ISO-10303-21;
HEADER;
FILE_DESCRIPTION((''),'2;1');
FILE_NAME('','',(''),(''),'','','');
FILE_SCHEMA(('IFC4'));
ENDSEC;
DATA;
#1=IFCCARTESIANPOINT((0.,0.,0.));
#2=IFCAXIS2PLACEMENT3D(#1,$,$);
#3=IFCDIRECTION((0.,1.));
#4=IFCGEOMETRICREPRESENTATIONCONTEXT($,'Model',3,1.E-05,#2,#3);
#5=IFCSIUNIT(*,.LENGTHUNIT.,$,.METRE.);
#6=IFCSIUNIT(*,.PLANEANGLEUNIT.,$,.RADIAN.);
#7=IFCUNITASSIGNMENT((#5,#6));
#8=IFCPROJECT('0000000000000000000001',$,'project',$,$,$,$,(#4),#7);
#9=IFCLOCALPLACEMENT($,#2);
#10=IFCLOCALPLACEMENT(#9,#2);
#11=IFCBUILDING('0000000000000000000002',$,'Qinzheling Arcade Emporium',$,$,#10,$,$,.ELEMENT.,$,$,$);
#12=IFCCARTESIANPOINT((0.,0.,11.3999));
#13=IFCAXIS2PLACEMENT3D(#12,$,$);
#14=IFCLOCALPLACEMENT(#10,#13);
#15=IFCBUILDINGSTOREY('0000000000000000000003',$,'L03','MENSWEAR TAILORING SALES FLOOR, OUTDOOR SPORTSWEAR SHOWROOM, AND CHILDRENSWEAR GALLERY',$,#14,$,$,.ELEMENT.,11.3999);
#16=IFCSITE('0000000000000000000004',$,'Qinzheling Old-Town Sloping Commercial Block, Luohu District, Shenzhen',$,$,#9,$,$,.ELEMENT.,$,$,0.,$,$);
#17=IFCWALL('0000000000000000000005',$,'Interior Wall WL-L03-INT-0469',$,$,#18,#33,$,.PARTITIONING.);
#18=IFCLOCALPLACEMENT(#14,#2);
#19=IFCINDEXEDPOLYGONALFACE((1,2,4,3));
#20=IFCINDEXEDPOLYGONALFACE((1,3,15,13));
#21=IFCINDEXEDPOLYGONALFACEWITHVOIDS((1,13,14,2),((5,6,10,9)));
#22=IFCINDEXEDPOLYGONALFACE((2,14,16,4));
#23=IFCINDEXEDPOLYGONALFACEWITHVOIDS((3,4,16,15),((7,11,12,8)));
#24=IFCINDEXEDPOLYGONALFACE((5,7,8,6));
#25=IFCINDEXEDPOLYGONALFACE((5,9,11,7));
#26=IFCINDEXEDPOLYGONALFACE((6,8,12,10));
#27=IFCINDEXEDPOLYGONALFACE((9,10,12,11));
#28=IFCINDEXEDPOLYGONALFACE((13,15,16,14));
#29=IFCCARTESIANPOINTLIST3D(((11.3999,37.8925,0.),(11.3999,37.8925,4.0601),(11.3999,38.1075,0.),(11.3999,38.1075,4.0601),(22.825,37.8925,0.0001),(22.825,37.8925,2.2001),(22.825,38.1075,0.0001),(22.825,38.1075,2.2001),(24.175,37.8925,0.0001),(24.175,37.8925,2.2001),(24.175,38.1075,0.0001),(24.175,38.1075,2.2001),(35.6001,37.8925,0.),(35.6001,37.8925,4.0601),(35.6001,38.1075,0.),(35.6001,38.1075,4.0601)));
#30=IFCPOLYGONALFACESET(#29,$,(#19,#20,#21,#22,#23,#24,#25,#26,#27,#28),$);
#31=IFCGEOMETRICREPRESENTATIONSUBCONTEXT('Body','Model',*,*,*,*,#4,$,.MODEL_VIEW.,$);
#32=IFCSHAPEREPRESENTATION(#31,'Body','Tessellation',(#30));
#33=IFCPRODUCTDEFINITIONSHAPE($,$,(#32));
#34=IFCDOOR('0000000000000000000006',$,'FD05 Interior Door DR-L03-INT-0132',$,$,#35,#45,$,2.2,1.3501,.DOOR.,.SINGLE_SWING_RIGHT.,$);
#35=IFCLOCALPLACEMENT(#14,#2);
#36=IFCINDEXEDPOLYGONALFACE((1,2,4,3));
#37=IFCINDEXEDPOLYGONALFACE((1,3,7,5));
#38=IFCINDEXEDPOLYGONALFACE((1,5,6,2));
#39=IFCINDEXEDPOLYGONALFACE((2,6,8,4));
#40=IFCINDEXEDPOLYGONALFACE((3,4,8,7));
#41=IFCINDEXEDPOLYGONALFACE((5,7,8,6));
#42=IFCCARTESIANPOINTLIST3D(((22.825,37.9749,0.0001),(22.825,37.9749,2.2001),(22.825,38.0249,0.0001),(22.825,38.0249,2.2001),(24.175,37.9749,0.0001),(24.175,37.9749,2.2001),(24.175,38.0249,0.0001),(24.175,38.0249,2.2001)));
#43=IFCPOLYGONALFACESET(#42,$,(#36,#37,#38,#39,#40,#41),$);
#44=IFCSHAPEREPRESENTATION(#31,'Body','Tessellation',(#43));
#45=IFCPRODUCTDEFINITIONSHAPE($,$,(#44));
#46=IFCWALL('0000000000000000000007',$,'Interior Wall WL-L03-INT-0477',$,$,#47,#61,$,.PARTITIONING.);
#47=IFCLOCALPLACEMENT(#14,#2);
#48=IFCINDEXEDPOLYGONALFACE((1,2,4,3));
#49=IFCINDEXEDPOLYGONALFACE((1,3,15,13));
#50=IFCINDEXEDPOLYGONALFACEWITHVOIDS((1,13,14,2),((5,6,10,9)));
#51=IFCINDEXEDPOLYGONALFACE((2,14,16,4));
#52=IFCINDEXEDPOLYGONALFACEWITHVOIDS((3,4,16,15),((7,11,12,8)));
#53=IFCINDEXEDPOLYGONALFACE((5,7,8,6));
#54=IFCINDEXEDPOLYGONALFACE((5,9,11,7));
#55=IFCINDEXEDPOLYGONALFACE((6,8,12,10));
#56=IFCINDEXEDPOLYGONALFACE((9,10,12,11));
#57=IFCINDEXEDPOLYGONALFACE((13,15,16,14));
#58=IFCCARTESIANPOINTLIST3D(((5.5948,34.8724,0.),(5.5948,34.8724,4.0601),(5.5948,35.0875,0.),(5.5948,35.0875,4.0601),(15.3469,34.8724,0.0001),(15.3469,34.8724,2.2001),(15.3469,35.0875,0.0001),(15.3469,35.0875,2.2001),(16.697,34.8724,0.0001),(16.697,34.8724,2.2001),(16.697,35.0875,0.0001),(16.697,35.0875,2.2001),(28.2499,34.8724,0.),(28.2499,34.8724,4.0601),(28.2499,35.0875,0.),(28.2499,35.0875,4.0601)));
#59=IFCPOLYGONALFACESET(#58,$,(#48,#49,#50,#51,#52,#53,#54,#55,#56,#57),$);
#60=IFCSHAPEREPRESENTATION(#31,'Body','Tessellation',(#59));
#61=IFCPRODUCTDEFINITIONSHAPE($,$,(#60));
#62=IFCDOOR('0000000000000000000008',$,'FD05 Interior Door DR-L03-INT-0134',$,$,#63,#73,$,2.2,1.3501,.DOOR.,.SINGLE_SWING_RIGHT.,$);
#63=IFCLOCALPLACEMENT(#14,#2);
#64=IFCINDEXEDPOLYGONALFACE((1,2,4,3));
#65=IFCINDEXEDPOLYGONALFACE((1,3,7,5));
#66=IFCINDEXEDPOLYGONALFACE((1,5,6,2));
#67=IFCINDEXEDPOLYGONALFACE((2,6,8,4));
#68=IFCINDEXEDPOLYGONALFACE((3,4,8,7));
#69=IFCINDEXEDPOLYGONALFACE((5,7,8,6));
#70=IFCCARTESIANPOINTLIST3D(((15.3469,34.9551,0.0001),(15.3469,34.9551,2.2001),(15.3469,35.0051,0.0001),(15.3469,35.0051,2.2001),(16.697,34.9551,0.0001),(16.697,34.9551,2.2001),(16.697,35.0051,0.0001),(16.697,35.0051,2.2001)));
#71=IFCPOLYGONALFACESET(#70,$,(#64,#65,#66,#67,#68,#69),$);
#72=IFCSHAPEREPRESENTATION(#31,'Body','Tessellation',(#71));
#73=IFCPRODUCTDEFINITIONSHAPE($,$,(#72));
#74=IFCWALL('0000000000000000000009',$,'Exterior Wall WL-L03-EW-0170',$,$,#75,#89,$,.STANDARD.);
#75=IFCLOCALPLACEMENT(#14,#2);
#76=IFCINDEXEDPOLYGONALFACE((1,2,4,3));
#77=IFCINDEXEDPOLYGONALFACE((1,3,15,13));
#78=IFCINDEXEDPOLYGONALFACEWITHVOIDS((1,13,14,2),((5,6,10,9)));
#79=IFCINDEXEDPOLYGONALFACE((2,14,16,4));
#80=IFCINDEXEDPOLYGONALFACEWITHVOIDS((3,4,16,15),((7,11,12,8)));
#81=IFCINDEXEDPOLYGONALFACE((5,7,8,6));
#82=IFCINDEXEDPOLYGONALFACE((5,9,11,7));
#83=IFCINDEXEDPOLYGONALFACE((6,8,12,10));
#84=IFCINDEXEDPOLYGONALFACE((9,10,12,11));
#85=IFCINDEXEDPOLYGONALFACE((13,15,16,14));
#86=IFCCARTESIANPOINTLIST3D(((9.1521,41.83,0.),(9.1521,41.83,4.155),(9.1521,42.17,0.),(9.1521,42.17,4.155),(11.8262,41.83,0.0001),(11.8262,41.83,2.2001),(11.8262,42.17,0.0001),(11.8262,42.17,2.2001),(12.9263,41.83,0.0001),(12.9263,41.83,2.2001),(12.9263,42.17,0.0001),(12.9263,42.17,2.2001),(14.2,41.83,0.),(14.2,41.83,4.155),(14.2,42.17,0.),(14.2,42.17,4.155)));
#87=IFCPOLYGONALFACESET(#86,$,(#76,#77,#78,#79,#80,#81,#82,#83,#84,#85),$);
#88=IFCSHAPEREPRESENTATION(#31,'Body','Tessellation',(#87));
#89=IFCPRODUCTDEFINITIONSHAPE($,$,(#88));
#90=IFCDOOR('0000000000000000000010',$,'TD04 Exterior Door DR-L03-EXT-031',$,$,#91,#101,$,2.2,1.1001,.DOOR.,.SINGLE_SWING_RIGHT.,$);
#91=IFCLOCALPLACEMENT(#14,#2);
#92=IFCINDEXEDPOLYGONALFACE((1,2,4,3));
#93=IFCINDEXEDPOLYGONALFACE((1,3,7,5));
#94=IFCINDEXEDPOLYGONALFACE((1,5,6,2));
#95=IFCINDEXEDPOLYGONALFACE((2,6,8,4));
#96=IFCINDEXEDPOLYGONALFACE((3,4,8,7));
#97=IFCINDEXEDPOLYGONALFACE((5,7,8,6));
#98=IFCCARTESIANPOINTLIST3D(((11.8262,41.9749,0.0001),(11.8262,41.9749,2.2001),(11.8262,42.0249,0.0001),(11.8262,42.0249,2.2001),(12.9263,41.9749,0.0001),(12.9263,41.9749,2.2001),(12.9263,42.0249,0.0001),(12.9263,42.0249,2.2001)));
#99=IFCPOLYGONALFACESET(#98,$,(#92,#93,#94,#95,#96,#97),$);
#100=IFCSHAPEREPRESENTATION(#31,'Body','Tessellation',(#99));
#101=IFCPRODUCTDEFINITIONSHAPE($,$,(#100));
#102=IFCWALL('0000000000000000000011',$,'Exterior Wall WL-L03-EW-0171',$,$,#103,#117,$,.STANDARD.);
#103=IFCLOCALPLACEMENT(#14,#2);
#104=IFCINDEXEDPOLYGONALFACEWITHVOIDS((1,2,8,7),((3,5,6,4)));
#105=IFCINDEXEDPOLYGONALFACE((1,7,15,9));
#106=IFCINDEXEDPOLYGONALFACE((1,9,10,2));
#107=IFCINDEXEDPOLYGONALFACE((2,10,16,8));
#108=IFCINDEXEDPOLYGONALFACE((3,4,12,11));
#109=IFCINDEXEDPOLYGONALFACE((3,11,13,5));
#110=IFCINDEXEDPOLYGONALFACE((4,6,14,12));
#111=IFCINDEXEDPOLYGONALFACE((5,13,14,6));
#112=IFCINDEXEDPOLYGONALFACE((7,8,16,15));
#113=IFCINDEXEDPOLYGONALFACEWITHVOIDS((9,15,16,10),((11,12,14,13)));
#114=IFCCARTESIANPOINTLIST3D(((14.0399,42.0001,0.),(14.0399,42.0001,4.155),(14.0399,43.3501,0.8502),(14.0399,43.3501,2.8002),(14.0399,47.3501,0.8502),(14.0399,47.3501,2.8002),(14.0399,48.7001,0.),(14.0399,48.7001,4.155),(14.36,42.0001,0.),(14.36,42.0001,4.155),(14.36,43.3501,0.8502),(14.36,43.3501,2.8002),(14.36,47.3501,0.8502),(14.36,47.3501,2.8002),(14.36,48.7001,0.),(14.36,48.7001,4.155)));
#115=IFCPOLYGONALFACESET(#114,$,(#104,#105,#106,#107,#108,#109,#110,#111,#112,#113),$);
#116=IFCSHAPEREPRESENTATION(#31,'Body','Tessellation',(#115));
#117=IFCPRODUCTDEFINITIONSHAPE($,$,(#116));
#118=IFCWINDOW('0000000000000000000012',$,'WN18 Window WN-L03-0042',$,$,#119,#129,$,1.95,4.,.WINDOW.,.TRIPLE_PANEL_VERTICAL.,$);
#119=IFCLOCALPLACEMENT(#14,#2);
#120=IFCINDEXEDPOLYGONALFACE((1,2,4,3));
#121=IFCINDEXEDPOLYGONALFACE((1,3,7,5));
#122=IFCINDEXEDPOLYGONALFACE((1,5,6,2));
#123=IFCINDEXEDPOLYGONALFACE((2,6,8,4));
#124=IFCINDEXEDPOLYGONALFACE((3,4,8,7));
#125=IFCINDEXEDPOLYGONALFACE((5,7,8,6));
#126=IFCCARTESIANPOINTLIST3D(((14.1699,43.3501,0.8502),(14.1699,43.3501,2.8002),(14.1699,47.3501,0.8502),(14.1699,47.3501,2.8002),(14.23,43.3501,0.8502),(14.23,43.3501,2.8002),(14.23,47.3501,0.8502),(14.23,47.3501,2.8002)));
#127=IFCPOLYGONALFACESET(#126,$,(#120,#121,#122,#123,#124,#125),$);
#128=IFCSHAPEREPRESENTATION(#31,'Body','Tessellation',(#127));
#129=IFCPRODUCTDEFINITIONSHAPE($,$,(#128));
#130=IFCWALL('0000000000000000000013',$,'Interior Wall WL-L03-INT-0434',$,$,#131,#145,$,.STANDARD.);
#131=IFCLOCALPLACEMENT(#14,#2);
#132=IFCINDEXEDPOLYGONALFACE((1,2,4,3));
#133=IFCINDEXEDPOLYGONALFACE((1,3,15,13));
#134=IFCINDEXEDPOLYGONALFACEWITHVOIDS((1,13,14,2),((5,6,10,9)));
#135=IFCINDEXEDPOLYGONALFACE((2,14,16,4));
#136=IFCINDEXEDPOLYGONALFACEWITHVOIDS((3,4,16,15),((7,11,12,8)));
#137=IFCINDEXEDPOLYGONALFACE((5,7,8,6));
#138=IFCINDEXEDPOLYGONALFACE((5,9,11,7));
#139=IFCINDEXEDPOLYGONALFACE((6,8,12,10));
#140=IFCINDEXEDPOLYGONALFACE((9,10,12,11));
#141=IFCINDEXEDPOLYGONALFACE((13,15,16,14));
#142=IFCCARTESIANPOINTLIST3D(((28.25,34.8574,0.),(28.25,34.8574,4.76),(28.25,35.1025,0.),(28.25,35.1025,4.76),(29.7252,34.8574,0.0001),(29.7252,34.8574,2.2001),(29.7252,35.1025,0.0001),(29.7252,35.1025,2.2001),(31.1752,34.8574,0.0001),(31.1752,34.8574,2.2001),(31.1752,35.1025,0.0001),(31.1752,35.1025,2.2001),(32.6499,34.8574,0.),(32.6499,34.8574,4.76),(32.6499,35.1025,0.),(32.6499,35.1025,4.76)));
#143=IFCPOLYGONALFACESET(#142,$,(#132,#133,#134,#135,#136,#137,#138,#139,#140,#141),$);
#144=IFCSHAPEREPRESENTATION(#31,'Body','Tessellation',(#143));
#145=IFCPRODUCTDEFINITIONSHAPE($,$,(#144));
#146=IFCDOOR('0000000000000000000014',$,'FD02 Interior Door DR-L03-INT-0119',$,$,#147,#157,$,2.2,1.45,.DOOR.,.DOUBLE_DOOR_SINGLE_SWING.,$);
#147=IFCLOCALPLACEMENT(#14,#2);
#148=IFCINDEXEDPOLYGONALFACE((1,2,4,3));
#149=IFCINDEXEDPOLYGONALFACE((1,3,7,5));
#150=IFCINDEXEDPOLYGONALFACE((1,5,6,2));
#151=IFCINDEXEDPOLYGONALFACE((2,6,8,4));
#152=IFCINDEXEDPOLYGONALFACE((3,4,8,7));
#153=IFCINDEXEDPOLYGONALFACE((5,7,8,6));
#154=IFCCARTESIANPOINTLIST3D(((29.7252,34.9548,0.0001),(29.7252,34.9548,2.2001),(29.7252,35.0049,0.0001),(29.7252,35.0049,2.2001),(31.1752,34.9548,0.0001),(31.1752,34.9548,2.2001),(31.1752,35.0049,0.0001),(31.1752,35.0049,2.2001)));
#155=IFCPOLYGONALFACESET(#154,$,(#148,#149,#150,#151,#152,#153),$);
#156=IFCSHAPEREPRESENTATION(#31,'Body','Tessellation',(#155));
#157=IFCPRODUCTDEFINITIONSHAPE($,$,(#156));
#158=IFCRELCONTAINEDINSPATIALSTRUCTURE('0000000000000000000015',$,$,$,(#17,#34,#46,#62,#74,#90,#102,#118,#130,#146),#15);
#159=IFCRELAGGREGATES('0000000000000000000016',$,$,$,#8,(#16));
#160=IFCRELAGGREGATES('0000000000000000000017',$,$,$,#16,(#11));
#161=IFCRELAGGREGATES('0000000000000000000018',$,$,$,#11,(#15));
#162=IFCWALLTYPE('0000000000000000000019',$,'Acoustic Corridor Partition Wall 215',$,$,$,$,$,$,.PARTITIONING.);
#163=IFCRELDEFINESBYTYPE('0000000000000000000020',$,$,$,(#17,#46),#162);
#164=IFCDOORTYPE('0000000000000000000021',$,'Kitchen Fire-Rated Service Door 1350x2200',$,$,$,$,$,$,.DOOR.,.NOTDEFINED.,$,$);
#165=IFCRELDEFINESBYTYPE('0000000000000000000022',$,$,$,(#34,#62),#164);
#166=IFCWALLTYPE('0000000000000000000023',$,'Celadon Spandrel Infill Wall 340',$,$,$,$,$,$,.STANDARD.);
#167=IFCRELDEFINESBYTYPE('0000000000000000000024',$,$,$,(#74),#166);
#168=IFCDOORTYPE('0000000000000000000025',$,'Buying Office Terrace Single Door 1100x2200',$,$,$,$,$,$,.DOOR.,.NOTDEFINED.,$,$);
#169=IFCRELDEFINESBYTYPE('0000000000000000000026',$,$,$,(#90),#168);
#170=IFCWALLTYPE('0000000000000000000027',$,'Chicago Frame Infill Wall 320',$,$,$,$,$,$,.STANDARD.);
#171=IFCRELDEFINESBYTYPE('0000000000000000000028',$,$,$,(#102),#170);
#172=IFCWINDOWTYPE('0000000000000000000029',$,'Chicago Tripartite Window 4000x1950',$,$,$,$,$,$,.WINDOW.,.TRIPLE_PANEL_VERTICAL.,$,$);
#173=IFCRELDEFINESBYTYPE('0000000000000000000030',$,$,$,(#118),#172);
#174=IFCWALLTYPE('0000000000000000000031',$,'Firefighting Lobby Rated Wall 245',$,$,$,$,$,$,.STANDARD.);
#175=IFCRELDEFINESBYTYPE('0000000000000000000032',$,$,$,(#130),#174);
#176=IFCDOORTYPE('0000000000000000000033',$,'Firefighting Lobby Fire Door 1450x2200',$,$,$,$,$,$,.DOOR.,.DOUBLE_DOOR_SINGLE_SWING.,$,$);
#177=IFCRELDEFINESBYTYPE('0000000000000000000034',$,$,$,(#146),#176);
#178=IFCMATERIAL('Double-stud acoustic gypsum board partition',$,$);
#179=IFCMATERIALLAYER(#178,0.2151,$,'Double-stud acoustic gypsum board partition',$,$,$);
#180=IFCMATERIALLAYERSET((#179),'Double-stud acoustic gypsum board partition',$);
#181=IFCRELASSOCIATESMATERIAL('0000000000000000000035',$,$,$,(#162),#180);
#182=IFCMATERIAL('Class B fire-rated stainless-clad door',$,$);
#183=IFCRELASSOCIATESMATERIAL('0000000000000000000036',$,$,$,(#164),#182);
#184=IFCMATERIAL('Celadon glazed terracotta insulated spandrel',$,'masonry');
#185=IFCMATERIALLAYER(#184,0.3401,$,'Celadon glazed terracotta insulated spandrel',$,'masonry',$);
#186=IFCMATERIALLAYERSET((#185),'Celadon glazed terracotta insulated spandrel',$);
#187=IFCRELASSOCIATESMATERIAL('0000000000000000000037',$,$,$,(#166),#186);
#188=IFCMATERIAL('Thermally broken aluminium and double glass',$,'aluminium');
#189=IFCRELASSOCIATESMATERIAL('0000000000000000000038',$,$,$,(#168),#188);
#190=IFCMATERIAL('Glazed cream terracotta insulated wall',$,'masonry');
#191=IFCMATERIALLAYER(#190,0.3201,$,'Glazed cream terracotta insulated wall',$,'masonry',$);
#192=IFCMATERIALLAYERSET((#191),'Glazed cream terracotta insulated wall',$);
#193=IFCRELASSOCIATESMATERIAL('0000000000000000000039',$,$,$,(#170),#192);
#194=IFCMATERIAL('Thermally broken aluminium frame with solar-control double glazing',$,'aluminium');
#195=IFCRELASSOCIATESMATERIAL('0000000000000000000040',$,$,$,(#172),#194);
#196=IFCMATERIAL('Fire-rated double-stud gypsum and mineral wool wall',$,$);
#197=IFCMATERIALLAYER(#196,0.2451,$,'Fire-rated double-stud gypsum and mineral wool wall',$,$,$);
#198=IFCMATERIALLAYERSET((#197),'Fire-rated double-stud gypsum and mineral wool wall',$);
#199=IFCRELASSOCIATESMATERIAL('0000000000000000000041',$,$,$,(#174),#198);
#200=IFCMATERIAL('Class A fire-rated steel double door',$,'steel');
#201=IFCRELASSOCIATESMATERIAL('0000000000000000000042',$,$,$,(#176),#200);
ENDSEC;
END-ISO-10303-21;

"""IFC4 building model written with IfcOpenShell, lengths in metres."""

from ifc_helpers import new_model, si_unit, direction, frame, frame_2d, origin, place, context, subcontext, project, spatial, rectangle, extrude, material, layer, layer_set, type_object, element, fill, save


model = new_model("IFC4")

# Units and contexts
model_context = context("Model", 3, precision=1e-05, world=origin(), true_north=direction((0.0, 1.0)))
body_context = subcontext(model_context, "Body", "Model", "MODEL_VIEW")
ifc_project = project(units=[si_unit("LENGTHUNIT", "METRE"), si_unit("PLANEANGLEUNIT", "RADIAN")], contexts=[model_context])

# Site, building, storey
site_placement = place(None, origin())
site = spatial("IfcSite", under=ifc_project, at=site_placement, Name="Qinzheling Old-Town Sloping Commercial Block, Luohu District, Shenzhen", CompositionType="ELEMENT", RefElevation=0.0)
building_placement = place(site_placement, origin())
building = spatial("IfcBuilding", under=site, at=building_placement, Name="Qinzheling Arcade Emporium", CompositionType="ELEMENT")
storey_placement = place(building_placement, frame((0.0, 0.0, 11.3999)))
storey = spatial("IfcBuildingStorey", under=building, at=storey_placement, Name="L03", Description="MENSWEAR TAILORING SALES FLOOR, OUTDOOR SPORTSWEAR SHOWROOM, AND CHILDRENSWEAR GALLERY", CompositionType="ELEMENT", Elevation=11.3999)

# Shared definitions
ifc_material_1 = material(Name="Double-stud acoustic gypsum board partition")
ifc_layer_1 = layer(ifc_material_1, 0.2151, Name="Double-stud acoustic gypsum board partition")
ifc_layer_set_1 = layer_set([ifc_layer_1], Name="Double-stud acoustic gypsum board partition")
wall_type_1 = type_object("IfcWallType", Name="Acoustic Corridor Partition Wall 215", PredefinedType="PARTITIONING", material=ifc_layer_set_1)

# Walls, openings, doors
wall_1_placement = place(storey_placement, frame((11.3999, 38.0, 0.0), z_axis=(0.0, 0.0, 1.0), x_axis=(1.0, 0.0, 0.0)))
wall_1 = element("IfcWall", 1, at=wall_1_placement, inside=storey, type_object=wall_type_1, Name="Interior Wall WL-L03-INT-0469", PredefinedType="PARTITIONING", context=body_context, shape_type="SweptSolid", body=[
    extrude(rectangle(XDim=24.2002, YDim=0.2151, at=frame_2d((12.1001, 0.0))), origin(), (0.0, 0.0, 1.0), 4.0601),
])
opening_1_placement = place(wall_1_placement, frame((11.425, 0.0, 0.0)))
opening_1 = element("IfcOpeningElement", 2, at=opening_1_placement, cuts=wall_1, PredefinedType="OPENING", context=body_context, shape_type="SweptSolid", body=[
    extrude(rectangle(XDim=1.3501, YDim=2.2, at=frame_2d((0.675, 1.1001))), frame((0.0, 0.1177, 0.0), z_axis=(0.0, -1.0, 0.0), x_axis=(1.0, 0.0, 0.0)), (0.0, 0.0, 1.0), 0.2351),
])
ifc_material_2 = material(Name="Class B fire-rated stainless-clad door")
door_type_1 = type_object("IfcDoorType", Name="Kitchen Fire-Rated Service Door 1350x2200", OperationType="NOTDEFINED", PredefinedType="DOOR", material=ifc_material_2)
door_1_placement = place(opening_1_placement, origin())
door_1 = element("IfcDoor", 3, at=door_1_placement, inside=storey, type_object=door_type_1, Name="FD05 Interior Door DR-L03-INT-0132", OperationType="SINGLE_SWING_RIGHT", OverallHeight=2.2, OverallWidth=1.3501, PredefinedType="DOOR", context=body_context, shape_type="SweptSolid", body=[
    extrude(rectangle(XDim=1.3501, YDim=2.2, at=frame_2d((0.675, 1.1001))), frame((0.0, 0.0249, 0.0), z_axis=(0.0, -1.0, 0.0), x_axis=(1.0, 0.0, 0.0)), (0.0, 0.0, 1.0), 0.05),
])
fill(opening_1, door_1)
wall_2_placement = place(storey_placement, frame((28.25, 34.98, 0.0), z_axis=(0.0, 0.0, 1.0), x_axis=(-1.0, 0.0, 0.0)))
wall_2 = element("IfcWall", 4, at=wall_2_placement, inside=storey, type_object=wall_type_1, Name="Interior Wall WL-L03-INT-0477", PredefinedType="PARTITIONING", context=body_context, shape_type="SweptSolid", body=[
    extrude(rectangle(XDim=22.655, YDim=0.2151, at=frame_2d((11.3276, 0.0))), origin(), (0.0, 0.0, 1.0), 4.0601),
])
opening_2_placement = place(wall_2_placement, frame((11.553, 0.0, 0.0)))
opening_2 = element("IfcOpeningElement", 5, at=opening_2_placement, cuts=wall_2, PredefinedType="OPENING", context=body_context, shape_type="SweptSolid", body=[
    extrude(rectangle(XDim=1.3501, YDim=2.2, at=frame_2d((0.675, 1.1001))), frame((0.0, 0.1177, 0.0), z_axis=(0.0, -1.0, 0.0), x_axis=(1.0, 0.0, 0.0)), (0.0, 0.0, 1.0), 0.2351),
])
door_2_placement = place(opening_2_placement, origin())
door_2 = element("IfcDoor", 6, at=door_2_placement, inside=storey, type_object=door_type_1, Name="FD05 Interior Door DR-L03-INT-0134", OperationType="SINGLE_SWING_RIGHT", OverallHeight=2.2, OverallWidth=1.3501, PredefinedType="DOOR", context=body_context, shape_type="SweptSolid", body=[
    extrude(rectangle(XDim=1.3501, YDim=2.2, at=frame_2d((0.675, 1.1001))), frame((0.0, 0.0249, 0.0), z_axis=(0.0, -1.0, 0.0), x_axis=(1.0, 0.0, 0.0)), (0.0, 0.0, 1.0), 0.05),
])
fill(opening_2, door_2)
ifc_material_3 = material(Name="Celadon glazed terracotta insulated spandrel", Category="masonry")
ifc_layer_2 = layer(ifc_material_3, 0.3401, Name="Celadon glazed terracotta insulated spandrel", Category="masonry")
ifc_layer_set_2 = layer_set([ifc_layer_2], Name="Celadon glazed terracotta insulated spandrel")
wall_type_2 = type_object("IfcWallType", Name="Celadon Spandrel Infill Wall 340", PredefinedType="STANDARD", material=ifc_layer_set_2)
wall_3_placement = place(storey_placement, frame((9.1521, 42.0, 0.0), z_axis=(0.0, 0.0, 1.0), x_axis=(1.0, 0.0, 0.0)))
wall_3 = element("IfcWall", 7, at=wall_3_placement, inside=storey, type_object=wall_type_2, Name="Exterior Wall WL-L03-EW-0170", PredefinedType="STANDARD", context=body_context, shape_type="SweptSolid", body=[
    extrude(rectangle(XDim=5.0479, YDim=0.3401, at=frame_2d((2.5239, 0.0))), origin(), (0.0, 0.0, 1.0), 4.155),
])
opening_3_placement = place(wall_3_placement, frame((2.6741, 0.0, 0.0)))
opening_3 = element("IfcOpeningElement", 8, at=opening_3_placement, cuts=wall_3, PredefinedType="OPENING", context=body_context, shape_type="SweptSolid", body=[
    extrude(rectangle(XDim=1.1001, YDim=2.2, at=frame_2d((0.55, 1.1001))), frame((0.0, 0.1802, 0.0), z_axis=(0.0, -1.0, 0.0), x_axis=(1.0, 0.0, 0.0)), (0.0, 0.0, 1.0), 0.3601),
])
ifc_material_4 = material(Name="Thermally broken aluminium and double glass", Category="aluminium")
door_type_2 = type_object("IfcDoorType", Name="Buying Office Terrace Single Door 1100x2200", OperationType="NOTDEFINED", PredefinedType="DOOR", material=ifc_material_4)
door_3_placement = place(opening_3_placement, origin())
door_3 = element("IfcDoor", 9, at=door_3_placement, inside=storey, type_object=door_type_2, Name="TD04 Exterior Door DR-L03-EXT-031", OperationType="SINGLE_SWING_RIGHT", OverallHeight=2.2, OverallWidth=1.1001, PredefinedType="DOOR", context=body_context, shape_type="SweptSolid", body=[
    extrude(rectangle(XDim=1.1001, YDim=2.2, at=frame_2d((0.55, 1.1001))), frame((0.0, 0.0249, 0.0), z_axis=(0.0, -1.0, 0.0), x_axis=(1.0, 0.0, 0.0)), (0.0, 0.0, 1.0), 0.05),
])
fill(opening_3, door_3)

# Wall, opening, window
ifc_material_5 = material(Name="Glazed cream terracotta insulated wall", Category="masonry")
ifc_layer_3 = layer(ifc_material_5, 0.3201, Name="Glazed cream terracotta insulated wall", Category="masonry")
ifc_layer_set_3 = layer_set([ifc_layer_3], Name="Glazed cream terracotta insulated wall")
wall_type_3 = type_object("IfcWallType", Name="Chicago Frame Infill Wall 320", PredefinedType="STANDARD", material=ifc_layer_set_3)
wall_4_placement = place(storey_placement, frame((14.2, 42.0, 0.0), z_axis=(0.0, 0.0, 1.0), x_axis=(0.0, 1.0, 0.0)))
wall_4 = element("IfcWall", 10, at=wall_4_placement, inside=storey, type_object=wall_type_3, Name="Exterior Wall WL-L03-EW-0171", PredefinedType="STANDARD", context=body_context, shape_type="SweptSolid", body=[
    extrude(rectangle(XDim=6.7, YDim=0.3201, at=frame_2d((3.3501, 0.0))), origin(), (0.0, 0.0, 1.0), 4.155),
])
opening_4_placement = place(wall_4_placement, frame((1.3501, 0.0, 0.8501)))
opening_4 = element("IfcOpeningElement", 11, at=opening_4_placement, cuts=wall_4, PredefinedType="OPENING", context=body_context, shape_type="SweptSolid", body=[
    extrude(rectangle(XDim=4.0, YDim=1.95, at=frame_2d((2.0, 0.9751))), frame((0.0, 0.1699, 0.0), z_axis=(0.0, -1.0, 0.0), x_axis=(1.0, 0.0, 0.0)), (0.0, 0.0, 1.0), 0.3401),
])
ifc_material_6 = material(Name="Thermally broken aluminium frame with solar-control double glazing", Category="aluminium")
window_type = type_object("IfcWindowType", Name="Chicago Tripartite Window 4000x1950", PartitioningType="TRIPLE_PANEL_VERTICAL", PredefinedType="WINDOW", material=ifc_material_6)
window_placement = place(opening_4_placement, origin())
window = element("IfcWindow", 12, at=window_placement, inside=storey, type_object=window_type, Name="WN18 Window WN-L03-0042", OverallHeight=1.95, OverallWidth=4.0, PartitioningType="TRIPLE_PANEL_VERTICAL", PredefinedType="WINDOW", context=body_context, shape_type="SweptSolid", body=[
    extrude(rectangle(XDim=4.0, YDim=1.95, at=frame_2d((2.0, 0.9751))), frame((0.0, 0.03, 0.0), z_axis=(0.0, -1.0, 0.0), x_axis=(1.0, 0.0, 0.0)), (0.0, 0.0, 1.0), 0.0601),
])
fill(opening_4, window)

# Wall, opening, door
ifc_material_7 = material(Name="Fire-rated double-stud gypsum and mineral wool wall")
ifc_layer_4 = layer(ifc_material_7, 0.2451, Name="Fire-rated double-stud gypsum and mineral wool wall")
ifc_layer_set_4 = layer_set([ifc_layer_4], Name="Fire-rated double-stud gypsum and mineral wool wall")
wall_type_4 = type_object("IfcWallType", Name="Firefighting Lobby Rated Wall 245", PredefinedType="STANDARD", material=ifc_layer_set_4)
wall_5_placement = place(storey_placement, frame((28.25, 34.98, 0.0), z_axis=(0.0, 0.0, 1.0), x_axis=(1.0, 0.0, 0.0)))
wall_5 = element("IfcWall", 13, at=wall_5_placement, inside=storey, type_object=wall_type_4, Name="Interior Wall WL-L03-INT-0434", PredefinedType="STANDARD", context=body_context, shape_type="SweptSolid", body=[
    extrude(rectangle(XDim=4.3999, YDim=0.2451, at=frame_2d((2.2, 0.0))), origin(), (0.0, 0.0, 1.0), 4.76),
])
opening_5_placement = place(wall_5_placement, frame((1.4751, 0.0, 0.0)))
opening_5 = element("IfcOpeningElement", 14, at=opening_5_placement, cuts=wall_5, PredefinedType="OPENING", context=body_context, shape_type="SweptSolid", body=[
    extrude(rectangle(XDim=1.45, YDim=2.2, at=frame_2d((0.7251, 1.1001))), frame((0.0, 0.1326, 0.0), z_axis=(0.0, -1.0, 0.0), x_axis=(1.0, 0.0, 0.0)), (0.0, 0.0, 1.0), 0.2651),
])
ifc_material_8 = material(Name="Class A fire-rated steel double door", Category="steel")
door_type_3 = type_object("IfcDoorType", Name="Firefighting Lobby Fire Door 1450x2200", OperationType="DOUBLE_DOOR_SINGLE_SWING", PredefinedType="DOOR", material=ifc_material_8)
door_4_placement = place(opening_5_placement, origin())
door_4 = element("IfcDoor", 15, at=door_4_placement, inside=storey, type_object=door_type_3, Name="FD02 Interior Door DR-L03-INT-0119", OperationType="DOUBLE_DOOR_SINGLE_SWING", OverallHeight=2.2, OverallWidth=1.45, PredefinedType="DOOR", context=body_context, shape_type="SweptSolid", body=[
    extrude(rectangle(XDim=1.45, YDim=2.2, at=frame_2d((0.7251, 1.1001))), frame((0.0, 0.0249, 0.0), z_axis=(0.0, -1.0, 0.0), x_axis=(1.0, 0.0, 0.0)), (0.0, 0.0, 1.0), 0.05),
])
fill(opening_5, door_4)

save(model, "model.ifc")
